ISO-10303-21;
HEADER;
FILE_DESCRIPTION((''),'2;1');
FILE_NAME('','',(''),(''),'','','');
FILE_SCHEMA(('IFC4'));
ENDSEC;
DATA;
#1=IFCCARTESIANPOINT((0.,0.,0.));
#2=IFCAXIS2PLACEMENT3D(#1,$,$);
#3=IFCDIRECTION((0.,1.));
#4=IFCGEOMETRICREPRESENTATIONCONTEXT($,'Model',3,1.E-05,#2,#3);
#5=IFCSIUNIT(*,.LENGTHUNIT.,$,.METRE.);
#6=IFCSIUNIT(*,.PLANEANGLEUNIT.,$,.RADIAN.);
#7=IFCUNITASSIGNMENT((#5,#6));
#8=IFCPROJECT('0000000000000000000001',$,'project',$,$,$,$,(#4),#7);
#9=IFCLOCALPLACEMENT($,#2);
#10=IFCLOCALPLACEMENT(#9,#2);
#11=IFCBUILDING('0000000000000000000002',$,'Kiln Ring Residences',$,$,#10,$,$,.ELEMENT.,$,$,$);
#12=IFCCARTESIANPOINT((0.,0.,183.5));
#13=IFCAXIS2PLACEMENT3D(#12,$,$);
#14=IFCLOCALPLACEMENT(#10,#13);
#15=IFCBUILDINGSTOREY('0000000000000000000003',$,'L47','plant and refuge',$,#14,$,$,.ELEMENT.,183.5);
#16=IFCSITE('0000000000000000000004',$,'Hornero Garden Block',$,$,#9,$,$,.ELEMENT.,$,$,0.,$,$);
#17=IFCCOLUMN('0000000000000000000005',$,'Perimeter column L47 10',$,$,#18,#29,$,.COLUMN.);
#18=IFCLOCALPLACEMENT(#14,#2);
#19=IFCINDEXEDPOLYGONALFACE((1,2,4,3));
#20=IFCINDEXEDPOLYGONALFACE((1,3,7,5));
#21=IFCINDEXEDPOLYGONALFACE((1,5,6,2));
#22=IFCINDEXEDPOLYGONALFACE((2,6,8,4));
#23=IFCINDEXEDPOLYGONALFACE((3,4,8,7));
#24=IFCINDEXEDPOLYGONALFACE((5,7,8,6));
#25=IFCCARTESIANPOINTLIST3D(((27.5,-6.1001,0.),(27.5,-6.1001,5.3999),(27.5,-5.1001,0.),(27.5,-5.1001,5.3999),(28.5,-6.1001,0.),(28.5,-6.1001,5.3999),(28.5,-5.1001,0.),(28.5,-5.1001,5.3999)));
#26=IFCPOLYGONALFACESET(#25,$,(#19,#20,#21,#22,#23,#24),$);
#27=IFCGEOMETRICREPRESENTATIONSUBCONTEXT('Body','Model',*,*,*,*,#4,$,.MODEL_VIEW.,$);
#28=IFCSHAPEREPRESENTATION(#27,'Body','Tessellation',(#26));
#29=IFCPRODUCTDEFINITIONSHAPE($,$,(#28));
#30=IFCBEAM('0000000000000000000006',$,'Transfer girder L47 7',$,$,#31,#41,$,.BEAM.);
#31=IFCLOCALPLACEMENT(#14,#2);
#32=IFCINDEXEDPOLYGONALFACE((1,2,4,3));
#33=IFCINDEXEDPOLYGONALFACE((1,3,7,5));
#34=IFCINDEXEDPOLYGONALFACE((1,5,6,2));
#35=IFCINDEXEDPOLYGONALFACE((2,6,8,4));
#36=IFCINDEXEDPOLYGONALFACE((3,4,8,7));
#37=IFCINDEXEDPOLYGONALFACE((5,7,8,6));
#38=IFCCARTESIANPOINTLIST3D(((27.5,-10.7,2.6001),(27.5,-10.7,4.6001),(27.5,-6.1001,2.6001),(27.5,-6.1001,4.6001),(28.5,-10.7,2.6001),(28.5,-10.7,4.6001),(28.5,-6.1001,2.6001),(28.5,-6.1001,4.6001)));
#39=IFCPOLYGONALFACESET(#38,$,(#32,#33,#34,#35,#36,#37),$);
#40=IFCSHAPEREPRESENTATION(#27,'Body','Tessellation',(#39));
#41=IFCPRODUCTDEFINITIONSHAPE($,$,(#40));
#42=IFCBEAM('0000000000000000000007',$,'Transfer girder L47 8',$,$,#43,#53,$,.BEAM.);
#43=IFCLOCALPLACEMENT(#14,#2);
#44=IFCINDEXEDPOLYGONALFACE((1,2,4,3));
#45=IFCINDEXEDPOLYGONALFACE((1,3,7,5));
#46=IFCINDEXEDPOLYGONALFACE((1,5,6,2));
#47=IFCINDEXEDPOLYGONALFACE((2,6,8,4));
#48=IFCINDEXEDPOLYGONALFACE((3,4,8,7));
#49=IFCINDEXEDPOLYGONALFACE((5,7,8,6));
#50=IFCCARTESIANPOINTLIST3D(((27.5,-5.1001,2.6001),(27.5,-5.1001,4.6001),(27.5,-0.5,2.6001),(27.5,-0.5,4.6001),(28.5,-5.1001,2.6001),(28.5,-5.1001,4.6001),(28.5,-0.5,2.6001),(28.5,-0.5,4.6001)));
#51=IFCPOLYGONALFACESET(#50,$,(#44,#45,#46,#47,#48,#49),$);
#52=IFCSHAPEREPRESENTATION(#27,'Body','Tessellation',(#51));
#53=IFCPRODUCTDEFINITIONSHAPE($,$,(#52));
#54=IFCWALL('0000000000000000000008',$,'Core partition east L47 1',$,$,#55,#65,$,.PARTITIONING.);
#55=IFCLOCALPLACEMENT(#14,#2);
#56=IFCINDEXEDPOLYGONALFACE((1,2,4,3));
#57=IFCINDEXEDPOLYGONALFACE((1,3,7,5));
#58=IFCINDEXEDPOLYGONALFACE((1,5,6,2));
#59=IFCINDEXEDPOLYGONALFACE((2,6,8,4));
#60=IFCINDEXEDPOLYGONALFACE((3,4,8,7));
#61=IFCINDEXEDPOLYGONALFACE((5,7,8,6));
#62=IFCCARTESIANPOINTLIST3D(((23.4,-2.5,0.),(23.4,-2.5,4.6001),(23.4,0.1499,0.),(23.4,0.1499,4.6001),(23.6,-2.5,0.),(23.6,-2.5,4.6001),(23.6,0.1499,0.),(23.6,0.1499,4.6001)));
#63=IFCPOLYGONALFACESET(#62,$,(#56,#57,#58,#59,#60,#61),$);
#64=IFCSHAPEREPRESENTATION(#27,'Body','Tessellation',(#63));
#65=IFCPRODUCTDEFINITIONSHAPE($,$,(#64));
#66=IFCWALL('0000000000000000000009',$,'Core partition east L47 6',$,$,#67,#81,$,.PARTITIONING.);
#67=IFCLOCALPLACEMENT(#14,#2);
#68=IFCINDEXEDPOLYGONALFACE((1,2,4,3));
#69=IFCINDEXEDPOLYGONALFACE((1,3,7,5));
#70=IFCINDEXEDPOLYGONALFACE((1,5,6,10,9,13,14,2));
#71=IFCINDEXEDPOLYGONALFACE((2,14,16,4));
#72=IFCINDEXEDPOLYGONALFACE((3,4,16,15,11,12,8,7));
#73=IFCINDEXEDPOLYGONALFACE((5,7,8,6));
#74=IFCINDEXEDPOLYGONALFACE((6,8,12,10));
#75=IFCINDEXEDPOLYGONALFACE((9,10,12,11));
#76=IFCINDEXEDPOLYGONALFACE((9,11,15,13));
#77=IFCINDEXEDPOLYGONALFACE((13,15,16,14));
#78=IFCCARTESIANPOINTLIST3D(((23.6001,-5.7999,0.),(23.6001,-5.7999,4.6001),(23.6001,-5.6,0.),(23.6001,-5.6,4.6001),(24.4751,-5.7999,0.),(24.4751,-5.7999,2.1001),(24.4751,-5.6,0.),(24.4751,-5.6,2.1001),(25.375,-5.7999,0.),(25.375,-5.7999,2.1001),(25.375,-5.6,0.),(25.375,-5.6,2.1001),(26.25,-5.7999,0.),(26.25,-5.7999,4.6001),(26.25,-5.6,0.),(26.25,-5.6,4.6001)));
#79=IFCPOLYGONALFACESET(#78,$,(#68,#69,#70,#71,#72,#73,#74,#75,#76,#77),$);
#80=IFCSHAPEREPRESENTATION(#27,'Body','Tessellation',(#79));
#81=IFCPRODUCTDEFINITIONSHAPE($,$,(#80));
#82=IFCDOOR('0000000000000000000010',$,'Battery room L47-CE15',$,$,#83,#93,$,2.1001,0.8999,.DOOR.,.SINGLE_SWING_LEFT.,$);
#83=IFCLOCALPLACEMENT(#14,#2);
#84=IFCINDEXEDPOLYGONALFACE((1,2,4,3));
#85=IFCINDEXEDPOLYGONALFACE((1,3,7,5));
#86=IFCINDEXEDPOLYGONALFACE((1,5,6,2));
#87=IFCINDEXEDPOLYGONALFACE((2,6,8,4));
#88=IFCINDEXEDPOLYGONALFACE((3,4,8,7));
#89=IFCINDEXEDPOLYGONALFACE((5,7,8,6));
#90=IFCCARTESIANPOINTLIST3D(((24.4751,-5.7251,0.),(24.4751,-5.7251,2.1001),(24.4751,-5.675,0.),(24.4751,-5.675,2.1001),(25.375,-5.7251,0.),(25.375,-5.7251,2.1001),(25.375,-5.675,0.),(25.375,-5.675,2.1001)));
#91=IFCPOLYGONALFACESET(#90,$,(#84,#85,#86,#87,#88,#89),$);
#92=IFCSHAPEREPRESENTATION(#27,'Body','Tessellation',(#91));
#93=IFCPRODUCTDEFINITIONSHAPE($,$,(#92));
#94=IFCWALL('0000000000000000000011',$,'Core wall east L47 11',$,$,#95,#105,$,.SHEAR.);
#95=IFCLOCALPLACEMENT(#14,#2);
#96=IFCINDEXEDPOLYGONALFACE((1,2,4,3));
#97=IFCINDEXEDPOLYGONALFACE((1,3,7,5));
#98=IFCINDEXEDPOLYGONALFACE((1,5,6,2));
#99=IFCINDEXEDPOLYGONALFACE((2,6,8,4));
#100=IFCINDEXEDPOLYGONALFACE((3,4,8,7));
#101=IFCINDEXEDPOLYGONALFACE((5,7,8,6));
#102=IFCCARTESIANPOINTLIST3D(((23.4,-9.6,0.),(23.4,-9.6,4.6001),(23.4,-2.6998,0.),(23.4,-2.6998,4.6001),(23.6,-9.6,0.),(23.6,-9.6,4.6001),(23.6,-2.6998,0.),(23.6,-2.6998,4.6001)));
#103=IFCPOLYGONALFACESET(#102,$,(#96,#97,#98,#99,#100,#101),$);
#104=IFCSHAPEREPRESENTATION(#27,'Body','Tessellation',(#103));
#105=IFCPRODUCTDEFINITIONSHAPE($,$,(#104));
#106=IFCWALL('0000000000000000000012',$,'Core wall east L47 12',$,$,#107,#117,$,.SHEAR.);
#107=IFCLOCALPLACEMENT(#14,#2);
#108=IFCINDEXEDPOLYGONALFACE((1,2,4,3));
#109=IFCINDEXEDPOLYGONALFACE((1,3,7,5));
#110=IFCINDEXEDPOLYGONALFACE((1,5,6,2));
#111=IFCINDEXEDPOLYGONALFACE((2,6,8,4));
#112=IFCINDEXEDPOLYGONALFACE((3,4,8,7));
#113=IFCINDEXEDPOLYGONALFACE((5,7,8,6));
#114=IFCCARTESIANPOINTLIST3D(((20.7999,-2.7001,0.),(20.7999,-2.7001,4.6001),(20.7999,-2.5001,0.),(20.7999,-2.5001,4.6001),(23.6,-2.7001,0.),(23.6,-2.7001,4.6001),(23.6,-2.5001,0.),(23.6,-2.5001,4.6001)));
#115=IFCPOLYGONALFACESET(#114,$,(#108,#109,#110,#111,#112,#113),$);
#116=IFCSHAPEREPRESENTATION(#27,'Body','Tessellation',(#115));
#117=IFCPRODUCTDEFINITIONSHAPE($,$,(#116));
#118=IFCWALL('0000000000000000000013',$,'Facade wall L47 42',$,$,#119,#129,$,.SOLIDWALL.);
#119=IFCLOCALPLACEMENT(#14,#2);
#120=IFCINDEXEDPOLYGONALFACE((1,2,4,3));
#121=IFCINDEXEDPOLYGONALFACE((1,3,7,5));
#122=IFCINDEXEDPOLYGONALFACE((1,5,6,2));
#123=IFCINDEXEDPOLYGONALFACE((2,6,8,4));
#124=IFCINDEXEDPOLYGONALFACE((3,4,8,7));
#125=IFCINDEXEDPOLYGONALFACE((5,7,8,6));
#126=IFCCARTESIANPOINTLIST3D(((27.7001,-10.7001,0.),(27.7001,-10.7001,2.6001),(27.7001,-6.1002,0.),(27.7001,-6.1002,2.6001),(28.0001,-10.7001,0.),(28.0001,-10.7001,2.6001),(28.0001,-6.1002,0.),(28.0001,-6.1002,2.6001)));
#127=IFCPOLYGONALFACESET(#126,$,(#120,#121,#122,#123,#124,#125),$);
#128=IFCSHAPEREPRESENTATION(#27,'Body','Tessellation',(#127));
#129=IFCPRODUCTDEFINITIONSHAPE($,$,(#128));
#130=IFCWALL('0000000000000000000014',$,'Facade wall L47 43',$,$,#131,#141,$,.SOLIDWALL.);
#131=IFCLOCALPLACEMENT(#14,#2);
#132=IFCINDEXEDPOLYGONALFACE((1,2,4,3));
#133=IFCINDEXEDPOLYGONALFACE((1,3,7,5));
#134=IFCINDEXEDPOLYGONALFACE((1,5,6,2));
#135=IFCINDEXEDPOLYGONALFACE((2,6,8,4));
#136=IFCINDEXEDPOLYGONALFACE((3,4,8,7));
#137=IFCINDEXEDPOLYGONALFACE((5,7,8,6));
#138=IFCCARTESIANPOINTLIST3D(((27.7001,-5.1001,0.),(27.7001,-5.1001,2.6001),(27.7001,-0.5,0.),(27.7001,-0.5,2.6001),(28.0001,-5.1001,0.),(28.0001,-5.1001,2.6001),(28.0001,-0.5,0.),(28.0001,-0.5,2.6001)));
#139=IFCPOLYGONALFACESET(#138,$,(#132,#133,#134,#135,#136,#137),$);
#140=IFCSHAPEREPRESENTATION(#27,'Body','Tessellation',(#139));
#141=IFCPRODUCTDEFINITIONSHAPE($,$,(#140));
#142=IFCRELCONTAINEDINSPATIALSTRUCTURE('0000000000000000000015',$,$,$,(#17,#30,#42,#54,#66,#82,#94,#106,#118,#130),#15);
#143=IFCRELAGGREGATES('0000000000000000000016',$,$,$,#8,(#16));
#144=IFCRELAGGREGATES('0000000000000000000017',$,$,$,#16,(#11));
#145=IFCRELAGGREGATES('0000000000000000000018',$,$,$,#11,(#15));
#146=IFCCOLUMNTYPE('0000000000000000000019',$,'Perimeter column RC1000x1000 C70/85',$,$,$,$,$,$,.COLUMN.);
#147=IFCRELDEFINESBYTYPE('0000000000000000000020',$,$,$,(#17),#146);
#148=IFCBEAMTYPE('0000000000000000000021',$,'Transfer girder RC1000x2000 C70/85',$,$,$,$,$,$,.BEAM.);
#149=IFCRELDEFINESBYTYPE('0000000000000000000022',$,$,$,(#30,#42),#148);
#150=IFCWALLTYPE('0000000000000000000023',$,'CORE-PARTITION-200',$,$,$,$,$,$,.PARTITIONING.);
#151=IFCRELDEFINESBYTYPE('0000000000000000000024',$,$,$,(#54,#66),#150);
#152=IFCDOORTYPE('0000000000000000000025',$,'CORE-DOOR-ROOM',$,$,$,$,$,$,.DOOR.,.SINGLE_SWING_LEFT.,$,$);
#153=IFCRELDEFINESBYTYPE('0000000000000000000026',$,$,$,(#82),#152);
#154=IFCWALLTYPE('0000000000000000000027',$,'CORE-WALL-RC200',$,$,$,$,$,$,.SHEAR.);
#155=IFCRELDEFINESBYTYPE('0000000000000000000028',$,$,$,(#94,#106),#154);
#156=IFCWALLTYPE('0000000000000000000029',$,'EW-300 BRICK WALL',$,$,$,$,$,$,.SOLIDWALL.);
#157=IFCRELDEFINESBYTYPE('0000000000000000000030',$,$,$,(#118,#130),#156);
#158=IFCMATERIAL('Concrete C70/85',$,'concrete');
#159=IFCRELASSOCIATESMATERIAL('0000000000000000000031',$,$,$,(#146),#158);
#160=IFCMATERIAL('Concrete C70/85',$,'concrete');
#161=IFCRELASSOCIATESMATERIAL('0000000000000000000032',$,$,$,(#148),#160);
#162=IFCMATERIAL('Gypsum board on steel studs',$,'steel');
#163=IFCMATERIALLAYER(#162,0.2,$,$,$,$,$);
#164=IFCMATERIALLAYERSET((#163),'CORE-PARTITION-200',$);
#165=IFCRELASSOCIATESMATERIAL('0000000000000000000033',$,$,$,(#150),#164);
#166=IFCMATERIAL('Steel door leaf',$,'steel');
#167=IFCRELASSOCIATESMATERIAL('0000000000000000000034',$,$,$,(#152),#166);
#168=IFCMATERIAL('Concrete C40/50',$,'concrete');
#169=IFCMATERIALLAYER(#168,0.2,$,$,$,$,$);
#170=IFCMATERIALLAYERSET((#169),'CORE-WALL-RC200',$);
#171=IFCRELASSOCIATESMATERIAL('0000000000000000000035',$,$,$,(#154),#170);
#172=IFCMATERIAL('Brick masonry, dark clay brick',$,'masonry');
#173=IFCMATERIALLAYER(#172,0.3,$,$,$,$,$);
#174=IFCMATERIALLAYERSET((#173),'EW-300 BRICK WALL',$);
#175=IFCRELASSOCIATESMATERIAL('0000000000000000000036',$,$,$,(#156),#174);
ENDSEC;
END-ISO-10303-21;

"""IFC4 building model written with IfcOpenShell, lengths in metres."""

from ifc_helpers import new_model, si_unit, direction, frame, frame_2d, origin, origin_2d, place, context, subcontext, project, spatial, rectangle, extrude, material, layer, layer_set, material_profile, profile_set, type_object, element, fill, save


model = new_model("IFC4")

# Units and contexts
model_context = context("Model", 3, precision=1e-05, world=origin(), true_north=direction((0.0, 1.0)))
body_context = subcontext(model_context, "Body", "Model", "MODEL_VIEW")
ifc_project = project(units=[si_unit("LENGTHUNIT", "METRE"), si_unit("PLANEANGLEUNIT", "RADIAN")], contexts=[model_context])

# Site, building, storey
site_placement = place(None, origin())
site = spatial("IfcSite", under=ifc_project, at=site_placement, Name="Hornero Garden Block", CompositionType="ELEMENT", RefElevation=0.0)
building_placement = place(site_placement, origin())
building = spatial("IfcBuilding", under=site, at=building_placement, Name="Kiln Ring Residences", CompositionType="ELEMENT")
storey_placement = place(building_placement, frame((0.0, 0.0, 183.5)))
storey = spatial("IfcBuildingStorey", under=building, at=storey_placement, Name="L47", Description="plant and refuge", CompositionType="ELEMENT", Elevation=183.5)

# Column
ifc_material_1 = material(Name="Concrete C70/85", Category="concrete")
ifc_material_profile_1 = material_profile(ifc_material_1, rectangle(XDim=1.0, YDim=1.0, at=origin_2d()), Name="RC1000x1000")
ifc_profile_set_1 = profile_set([ifc_material_profile_1], Name="Concrete C70/85")
column_type = type_object("IfcColumnType", Name="Perimeter column RC1000x1000 C70/85", PredefinedType="COLUMN", material=ifc_profile_set_1)
column_placement = place(storey_placement, frame((28.0, -5.6001, 0.0), z_axis=(0.0, 0.0, 1.0), x_axis=(1.0, 0.0, 0.0)))
element("IfcColumn", 1, at=column_placement, inside=storey, type_object=column_type, Name="Perimeter column L47 10", PredefinedType="COLUMN", context=body_context, shape_type="SweptSolid", body=[
    extrude(rectangle(XDim=1.0, YDim=1.0, at=origin_2d()), origin(), (0.0, 0.0, 1.0), 5.3999),
])

# Beams
ifc_material_2 = material(Name="Concrete C70/85", Category="concrete")
ifc_material_profile_2 = material_profile(ifc_material_2, rectangle(XDim=1.0, YDim=2.0, at=origin_2d()), Name="RC1000x2000")
ifc_profile_set_2 = profile_set([ifc_material_profile_2], Name="Concrete C70/85")
beam_type = type_object("IfcBeamType", Name="Transfer girder RC1000x2000 C70/85", PredefinedType="BEAM", material=ifc_profile_set_2)
beam_1_placement = place(storey_placement, frame((28.0, -10.7, 3.6001), z_axis=(0.0, 1.0, 0.0), x_axis=(-1.0, 0.0, 0.0)))
element("IfcBeam", 2, at=beam_1_placement, inside=storey, type_object=beam_type, Name="Transfer girder L47 7", PredefinedType="BEAM", context=body_context, shape_type="SweptSolid", body=[
    extrude(rectangle(XDim=1.0, YDim=2.0, at=origin_2d()), origin(), (0.0, 0.0, 1.0), 4.5999),
])
beam_2_placement = place(storey_placement, frame((28.0, -5.1001, 3.6001), z_axis=(0.0, 1.0, 0.0), x_axis=(-1.0, 0.0, 0.0)))
element("IfcBeam", 3, at=beam_2_placement, inside=storey, type_object=beam_type, Name="Transfer girder L47 8", PredefinedType="BEAM", context=body_context, shape_type="SweptSolid", body=[
    extrude(rectangle(XDim=1.0, YDim=2.0, at=origin_2d()), origin(), (0.0, 0.0, 1.0), 4.6001),
])

# Wall
ifc_material_3 = material(Name="Gypsum board on steel studs", Category="steel")
ifc_layer_1 = layer(ifc_material_3, 0.2)
ifc_layer_set_1 = layer_set([ifc_layer_1], Name="CORE-PARTITION-200")
wall_type_1 = type_object("IfcWallType", Name="CORE-PARTITION-200", PredefinedType="PARTITIONING", material=ifc_layer_set_1)
wall_1_placement = place(storey_placement, frame((23.5, -2.5, 0.0), z_axis=(0.0, 0.0, 1.0), x_axis=(0.0, 1.0, 0.0)))
element("IfcWall", 4, at=wall_1_placement, inside=storey, type_object=wall_type_1, Name="Core partition east L47 1", PredefinedType="PARTITIONING", context=body_context, shape_type="SweptSolid", body=[
    extrude(rectangle(XDim=2.6499, YDim=0.2, at=frame_2d((1.325, 0.0))), origin(), (0.0, 0.0, 1.0), 4.6001),
])

# Wall, opening, door
wall_2_placement = place(storey_placement, frame((23.6001, -5.7, 0.0), z_axis=(0.0, 0.0, 1.0), x_axis=(1.0, 0.0, 0.0)))
wall_2 = element("IfcWall", 5, at=wall_2_placement, inside=storey, type_object=wall_type_1, Name="Core partition east L47 6", PredefinedType="PARTITIONING", context=body_context, shape_type="SweptSolid", body=[
    extrude(rectangle(XDim=2.6499, YDim=0.2, at=frame_2d((1.325, 0.0))), origin(), (0.0, 0.0, 1.0), 4.6001),
])
opening_placement = place(wall_2_placement, frame((0.875, 0.0, 0.0)))
opening = element("IfcOpeningElement", 6, at=opening_placement, cuts=wall_2, PredefinedType="OPENING", context=body_context, shape_type="SweptSolid", body=[
    extrude(rectangle(XDim=0.8999, YDim=2.1001, at=frame_2d((0.45, 1.05))), frame((0.0, 0.1099, 0.0), z_axis=(0.0, -1.0, 0.0), x_axis=(1.0, 0.0, 0.0)), (0.0, 0.0, 1.0), 0.22),
])
ifc_material_4 = material(Name="Steel door leaf", Category="steel")
door_type = type_object("IfcDoorType", Name="CORE-DOOR-ROOM", OperationType="SINGLE_SWING_LEFT", PredefinedType="DOOR", material=ifc_material_4)
door_placement = place(opening_placement, origin())
door = element("IfcDoor", 7, at=door_placement, inside=storey, type_object=door_type, Name="Battery room L47-CE15", OperationType="SINGLE_SWING_LEFT", OverallHeight=2.1001, OverallWidth=0.8999, PredefinedType="DOOR", context=body_context, shape_type="SweptSolid", body=[
    extrude(rectangle(XDim=0.8999, YDim=2.1001, at=frame_2d((0.45, 1.05))), frame((0.0, 0.0249, 0.0), z_axis=(0.0, -1.0, 0.0), x_axis=(1.0, 0.0, 0.0)), (0.0, 0.0, 1.0), 0.05),
])
fill(opening, door)

# Walls
ifc_material_5 = material(Name="Concrete C40/50", Category="concrete")
ifc_layer_2 = layer(ifc_material_5, 0.2)
ifc_layer_set_2 = layer_set([ifc_layer_2], Name="CORE-WALL-RC200")
wall_type_2 = type_object("IfcWallType", Name="CORE-WALL-RC200", PredefinedType="SHEAR", material=ifc_layer_set_2)
wall_3_placement = place(storey_placement, frame((23.5, -9.6001, 0.0), z_axis=(0.0, 0.0, 1.0), x_axis=(0.0, 1.0, 0.0)))
element("IfcWall", 8, at=wall_3_placement, inside=storey, type_object=wall_type_2, Name="Core wall east L47 11", PredefinedType="SHEAR", context=body_context, shape_type="SweptSolid", body=[
    extrude(rectangle(XDim=6.9001, YDim=0.2, at=frame_2d((3.4502, 0.0))), origin(), (0.0, 0.0, 1.0), 4.6001),
])
wall_4_placement = place(storey_placement, frame((20.8, -2.6001, 0.0), z_axis=(0.0, 0.0, 1.0), x_axis=(1.0, 0.0, 0.0)))
element("IfcWall", 9, at=wall_4_placement, inside=storey, type_object=wall_type_2, Name="Core wall east L47 12", PredefinedType="SHEAR", context=body_context, shape_type="SweptSolid", body=[
    extrude(rectangle(XDim=2.8, YDim=0.2, at=frame_2d((1.3999, 0.0))), origin(), (0.0, 0.0, 1.0), 4.6001),
])
ifc_material_6 = material(Name="Brick masonry, dark clay brick", Category="masonry")
ifc_layer_3 = layer(ifc_material_6, 0.3)
ifc_layer_set_3 = layer_set([ifc_layer_3], Name="EW-300 BRICK WALL")
wall_type_3 = type_object("IfcWallType", Name="EW-300 BRICK WALL", PredefinedType="SOLIDWALL", material=ifc_layer_set_3)
wall_5_placement = place(storey_placement, frame((27.8501, -10.7, 0.0), z_axis=(0.0, 0.0, 1.0), x_axis=(0.0, 1.0, 0.0)))
element("IfcWall", 10, at=wall_5_placement, inside=storey, type_object=wall_type_3, Name="Facade wall L47 42", PredefinedType="SOLIDWALL", context=body_context, shape_type="SweptSolid", body=[
    extrude(rectangle(XDim=4.5999, YDim=0.3, at=frame_2d((2.2998, 0.0))), origin(), (0.0, 0.0, 1.0), 2.6001),
])
wall_6_placement = place(storey_placement, frame((27.8501, -5.1001, 0.0), z_axis=(0.0, 0.0, 1.0), x_axis=(0.0, 1.0, 0.0)))
element("IfcWall", 11, at=wall_6_placement, inside=storey, type_object=wall_type_3, Name="Facade wall L47 43", PredefinedType="SOLIDWALL", context=body_context, shape_type="SweptSolid", body=[
    extrude(rectangle(XDim=4.6001, YDim=0.3, at=frame_2d((2.3, 0.0))), origin(), (0.0, 0.0, 1.0), 2.6001),
])

save(model, "model.ifc")
